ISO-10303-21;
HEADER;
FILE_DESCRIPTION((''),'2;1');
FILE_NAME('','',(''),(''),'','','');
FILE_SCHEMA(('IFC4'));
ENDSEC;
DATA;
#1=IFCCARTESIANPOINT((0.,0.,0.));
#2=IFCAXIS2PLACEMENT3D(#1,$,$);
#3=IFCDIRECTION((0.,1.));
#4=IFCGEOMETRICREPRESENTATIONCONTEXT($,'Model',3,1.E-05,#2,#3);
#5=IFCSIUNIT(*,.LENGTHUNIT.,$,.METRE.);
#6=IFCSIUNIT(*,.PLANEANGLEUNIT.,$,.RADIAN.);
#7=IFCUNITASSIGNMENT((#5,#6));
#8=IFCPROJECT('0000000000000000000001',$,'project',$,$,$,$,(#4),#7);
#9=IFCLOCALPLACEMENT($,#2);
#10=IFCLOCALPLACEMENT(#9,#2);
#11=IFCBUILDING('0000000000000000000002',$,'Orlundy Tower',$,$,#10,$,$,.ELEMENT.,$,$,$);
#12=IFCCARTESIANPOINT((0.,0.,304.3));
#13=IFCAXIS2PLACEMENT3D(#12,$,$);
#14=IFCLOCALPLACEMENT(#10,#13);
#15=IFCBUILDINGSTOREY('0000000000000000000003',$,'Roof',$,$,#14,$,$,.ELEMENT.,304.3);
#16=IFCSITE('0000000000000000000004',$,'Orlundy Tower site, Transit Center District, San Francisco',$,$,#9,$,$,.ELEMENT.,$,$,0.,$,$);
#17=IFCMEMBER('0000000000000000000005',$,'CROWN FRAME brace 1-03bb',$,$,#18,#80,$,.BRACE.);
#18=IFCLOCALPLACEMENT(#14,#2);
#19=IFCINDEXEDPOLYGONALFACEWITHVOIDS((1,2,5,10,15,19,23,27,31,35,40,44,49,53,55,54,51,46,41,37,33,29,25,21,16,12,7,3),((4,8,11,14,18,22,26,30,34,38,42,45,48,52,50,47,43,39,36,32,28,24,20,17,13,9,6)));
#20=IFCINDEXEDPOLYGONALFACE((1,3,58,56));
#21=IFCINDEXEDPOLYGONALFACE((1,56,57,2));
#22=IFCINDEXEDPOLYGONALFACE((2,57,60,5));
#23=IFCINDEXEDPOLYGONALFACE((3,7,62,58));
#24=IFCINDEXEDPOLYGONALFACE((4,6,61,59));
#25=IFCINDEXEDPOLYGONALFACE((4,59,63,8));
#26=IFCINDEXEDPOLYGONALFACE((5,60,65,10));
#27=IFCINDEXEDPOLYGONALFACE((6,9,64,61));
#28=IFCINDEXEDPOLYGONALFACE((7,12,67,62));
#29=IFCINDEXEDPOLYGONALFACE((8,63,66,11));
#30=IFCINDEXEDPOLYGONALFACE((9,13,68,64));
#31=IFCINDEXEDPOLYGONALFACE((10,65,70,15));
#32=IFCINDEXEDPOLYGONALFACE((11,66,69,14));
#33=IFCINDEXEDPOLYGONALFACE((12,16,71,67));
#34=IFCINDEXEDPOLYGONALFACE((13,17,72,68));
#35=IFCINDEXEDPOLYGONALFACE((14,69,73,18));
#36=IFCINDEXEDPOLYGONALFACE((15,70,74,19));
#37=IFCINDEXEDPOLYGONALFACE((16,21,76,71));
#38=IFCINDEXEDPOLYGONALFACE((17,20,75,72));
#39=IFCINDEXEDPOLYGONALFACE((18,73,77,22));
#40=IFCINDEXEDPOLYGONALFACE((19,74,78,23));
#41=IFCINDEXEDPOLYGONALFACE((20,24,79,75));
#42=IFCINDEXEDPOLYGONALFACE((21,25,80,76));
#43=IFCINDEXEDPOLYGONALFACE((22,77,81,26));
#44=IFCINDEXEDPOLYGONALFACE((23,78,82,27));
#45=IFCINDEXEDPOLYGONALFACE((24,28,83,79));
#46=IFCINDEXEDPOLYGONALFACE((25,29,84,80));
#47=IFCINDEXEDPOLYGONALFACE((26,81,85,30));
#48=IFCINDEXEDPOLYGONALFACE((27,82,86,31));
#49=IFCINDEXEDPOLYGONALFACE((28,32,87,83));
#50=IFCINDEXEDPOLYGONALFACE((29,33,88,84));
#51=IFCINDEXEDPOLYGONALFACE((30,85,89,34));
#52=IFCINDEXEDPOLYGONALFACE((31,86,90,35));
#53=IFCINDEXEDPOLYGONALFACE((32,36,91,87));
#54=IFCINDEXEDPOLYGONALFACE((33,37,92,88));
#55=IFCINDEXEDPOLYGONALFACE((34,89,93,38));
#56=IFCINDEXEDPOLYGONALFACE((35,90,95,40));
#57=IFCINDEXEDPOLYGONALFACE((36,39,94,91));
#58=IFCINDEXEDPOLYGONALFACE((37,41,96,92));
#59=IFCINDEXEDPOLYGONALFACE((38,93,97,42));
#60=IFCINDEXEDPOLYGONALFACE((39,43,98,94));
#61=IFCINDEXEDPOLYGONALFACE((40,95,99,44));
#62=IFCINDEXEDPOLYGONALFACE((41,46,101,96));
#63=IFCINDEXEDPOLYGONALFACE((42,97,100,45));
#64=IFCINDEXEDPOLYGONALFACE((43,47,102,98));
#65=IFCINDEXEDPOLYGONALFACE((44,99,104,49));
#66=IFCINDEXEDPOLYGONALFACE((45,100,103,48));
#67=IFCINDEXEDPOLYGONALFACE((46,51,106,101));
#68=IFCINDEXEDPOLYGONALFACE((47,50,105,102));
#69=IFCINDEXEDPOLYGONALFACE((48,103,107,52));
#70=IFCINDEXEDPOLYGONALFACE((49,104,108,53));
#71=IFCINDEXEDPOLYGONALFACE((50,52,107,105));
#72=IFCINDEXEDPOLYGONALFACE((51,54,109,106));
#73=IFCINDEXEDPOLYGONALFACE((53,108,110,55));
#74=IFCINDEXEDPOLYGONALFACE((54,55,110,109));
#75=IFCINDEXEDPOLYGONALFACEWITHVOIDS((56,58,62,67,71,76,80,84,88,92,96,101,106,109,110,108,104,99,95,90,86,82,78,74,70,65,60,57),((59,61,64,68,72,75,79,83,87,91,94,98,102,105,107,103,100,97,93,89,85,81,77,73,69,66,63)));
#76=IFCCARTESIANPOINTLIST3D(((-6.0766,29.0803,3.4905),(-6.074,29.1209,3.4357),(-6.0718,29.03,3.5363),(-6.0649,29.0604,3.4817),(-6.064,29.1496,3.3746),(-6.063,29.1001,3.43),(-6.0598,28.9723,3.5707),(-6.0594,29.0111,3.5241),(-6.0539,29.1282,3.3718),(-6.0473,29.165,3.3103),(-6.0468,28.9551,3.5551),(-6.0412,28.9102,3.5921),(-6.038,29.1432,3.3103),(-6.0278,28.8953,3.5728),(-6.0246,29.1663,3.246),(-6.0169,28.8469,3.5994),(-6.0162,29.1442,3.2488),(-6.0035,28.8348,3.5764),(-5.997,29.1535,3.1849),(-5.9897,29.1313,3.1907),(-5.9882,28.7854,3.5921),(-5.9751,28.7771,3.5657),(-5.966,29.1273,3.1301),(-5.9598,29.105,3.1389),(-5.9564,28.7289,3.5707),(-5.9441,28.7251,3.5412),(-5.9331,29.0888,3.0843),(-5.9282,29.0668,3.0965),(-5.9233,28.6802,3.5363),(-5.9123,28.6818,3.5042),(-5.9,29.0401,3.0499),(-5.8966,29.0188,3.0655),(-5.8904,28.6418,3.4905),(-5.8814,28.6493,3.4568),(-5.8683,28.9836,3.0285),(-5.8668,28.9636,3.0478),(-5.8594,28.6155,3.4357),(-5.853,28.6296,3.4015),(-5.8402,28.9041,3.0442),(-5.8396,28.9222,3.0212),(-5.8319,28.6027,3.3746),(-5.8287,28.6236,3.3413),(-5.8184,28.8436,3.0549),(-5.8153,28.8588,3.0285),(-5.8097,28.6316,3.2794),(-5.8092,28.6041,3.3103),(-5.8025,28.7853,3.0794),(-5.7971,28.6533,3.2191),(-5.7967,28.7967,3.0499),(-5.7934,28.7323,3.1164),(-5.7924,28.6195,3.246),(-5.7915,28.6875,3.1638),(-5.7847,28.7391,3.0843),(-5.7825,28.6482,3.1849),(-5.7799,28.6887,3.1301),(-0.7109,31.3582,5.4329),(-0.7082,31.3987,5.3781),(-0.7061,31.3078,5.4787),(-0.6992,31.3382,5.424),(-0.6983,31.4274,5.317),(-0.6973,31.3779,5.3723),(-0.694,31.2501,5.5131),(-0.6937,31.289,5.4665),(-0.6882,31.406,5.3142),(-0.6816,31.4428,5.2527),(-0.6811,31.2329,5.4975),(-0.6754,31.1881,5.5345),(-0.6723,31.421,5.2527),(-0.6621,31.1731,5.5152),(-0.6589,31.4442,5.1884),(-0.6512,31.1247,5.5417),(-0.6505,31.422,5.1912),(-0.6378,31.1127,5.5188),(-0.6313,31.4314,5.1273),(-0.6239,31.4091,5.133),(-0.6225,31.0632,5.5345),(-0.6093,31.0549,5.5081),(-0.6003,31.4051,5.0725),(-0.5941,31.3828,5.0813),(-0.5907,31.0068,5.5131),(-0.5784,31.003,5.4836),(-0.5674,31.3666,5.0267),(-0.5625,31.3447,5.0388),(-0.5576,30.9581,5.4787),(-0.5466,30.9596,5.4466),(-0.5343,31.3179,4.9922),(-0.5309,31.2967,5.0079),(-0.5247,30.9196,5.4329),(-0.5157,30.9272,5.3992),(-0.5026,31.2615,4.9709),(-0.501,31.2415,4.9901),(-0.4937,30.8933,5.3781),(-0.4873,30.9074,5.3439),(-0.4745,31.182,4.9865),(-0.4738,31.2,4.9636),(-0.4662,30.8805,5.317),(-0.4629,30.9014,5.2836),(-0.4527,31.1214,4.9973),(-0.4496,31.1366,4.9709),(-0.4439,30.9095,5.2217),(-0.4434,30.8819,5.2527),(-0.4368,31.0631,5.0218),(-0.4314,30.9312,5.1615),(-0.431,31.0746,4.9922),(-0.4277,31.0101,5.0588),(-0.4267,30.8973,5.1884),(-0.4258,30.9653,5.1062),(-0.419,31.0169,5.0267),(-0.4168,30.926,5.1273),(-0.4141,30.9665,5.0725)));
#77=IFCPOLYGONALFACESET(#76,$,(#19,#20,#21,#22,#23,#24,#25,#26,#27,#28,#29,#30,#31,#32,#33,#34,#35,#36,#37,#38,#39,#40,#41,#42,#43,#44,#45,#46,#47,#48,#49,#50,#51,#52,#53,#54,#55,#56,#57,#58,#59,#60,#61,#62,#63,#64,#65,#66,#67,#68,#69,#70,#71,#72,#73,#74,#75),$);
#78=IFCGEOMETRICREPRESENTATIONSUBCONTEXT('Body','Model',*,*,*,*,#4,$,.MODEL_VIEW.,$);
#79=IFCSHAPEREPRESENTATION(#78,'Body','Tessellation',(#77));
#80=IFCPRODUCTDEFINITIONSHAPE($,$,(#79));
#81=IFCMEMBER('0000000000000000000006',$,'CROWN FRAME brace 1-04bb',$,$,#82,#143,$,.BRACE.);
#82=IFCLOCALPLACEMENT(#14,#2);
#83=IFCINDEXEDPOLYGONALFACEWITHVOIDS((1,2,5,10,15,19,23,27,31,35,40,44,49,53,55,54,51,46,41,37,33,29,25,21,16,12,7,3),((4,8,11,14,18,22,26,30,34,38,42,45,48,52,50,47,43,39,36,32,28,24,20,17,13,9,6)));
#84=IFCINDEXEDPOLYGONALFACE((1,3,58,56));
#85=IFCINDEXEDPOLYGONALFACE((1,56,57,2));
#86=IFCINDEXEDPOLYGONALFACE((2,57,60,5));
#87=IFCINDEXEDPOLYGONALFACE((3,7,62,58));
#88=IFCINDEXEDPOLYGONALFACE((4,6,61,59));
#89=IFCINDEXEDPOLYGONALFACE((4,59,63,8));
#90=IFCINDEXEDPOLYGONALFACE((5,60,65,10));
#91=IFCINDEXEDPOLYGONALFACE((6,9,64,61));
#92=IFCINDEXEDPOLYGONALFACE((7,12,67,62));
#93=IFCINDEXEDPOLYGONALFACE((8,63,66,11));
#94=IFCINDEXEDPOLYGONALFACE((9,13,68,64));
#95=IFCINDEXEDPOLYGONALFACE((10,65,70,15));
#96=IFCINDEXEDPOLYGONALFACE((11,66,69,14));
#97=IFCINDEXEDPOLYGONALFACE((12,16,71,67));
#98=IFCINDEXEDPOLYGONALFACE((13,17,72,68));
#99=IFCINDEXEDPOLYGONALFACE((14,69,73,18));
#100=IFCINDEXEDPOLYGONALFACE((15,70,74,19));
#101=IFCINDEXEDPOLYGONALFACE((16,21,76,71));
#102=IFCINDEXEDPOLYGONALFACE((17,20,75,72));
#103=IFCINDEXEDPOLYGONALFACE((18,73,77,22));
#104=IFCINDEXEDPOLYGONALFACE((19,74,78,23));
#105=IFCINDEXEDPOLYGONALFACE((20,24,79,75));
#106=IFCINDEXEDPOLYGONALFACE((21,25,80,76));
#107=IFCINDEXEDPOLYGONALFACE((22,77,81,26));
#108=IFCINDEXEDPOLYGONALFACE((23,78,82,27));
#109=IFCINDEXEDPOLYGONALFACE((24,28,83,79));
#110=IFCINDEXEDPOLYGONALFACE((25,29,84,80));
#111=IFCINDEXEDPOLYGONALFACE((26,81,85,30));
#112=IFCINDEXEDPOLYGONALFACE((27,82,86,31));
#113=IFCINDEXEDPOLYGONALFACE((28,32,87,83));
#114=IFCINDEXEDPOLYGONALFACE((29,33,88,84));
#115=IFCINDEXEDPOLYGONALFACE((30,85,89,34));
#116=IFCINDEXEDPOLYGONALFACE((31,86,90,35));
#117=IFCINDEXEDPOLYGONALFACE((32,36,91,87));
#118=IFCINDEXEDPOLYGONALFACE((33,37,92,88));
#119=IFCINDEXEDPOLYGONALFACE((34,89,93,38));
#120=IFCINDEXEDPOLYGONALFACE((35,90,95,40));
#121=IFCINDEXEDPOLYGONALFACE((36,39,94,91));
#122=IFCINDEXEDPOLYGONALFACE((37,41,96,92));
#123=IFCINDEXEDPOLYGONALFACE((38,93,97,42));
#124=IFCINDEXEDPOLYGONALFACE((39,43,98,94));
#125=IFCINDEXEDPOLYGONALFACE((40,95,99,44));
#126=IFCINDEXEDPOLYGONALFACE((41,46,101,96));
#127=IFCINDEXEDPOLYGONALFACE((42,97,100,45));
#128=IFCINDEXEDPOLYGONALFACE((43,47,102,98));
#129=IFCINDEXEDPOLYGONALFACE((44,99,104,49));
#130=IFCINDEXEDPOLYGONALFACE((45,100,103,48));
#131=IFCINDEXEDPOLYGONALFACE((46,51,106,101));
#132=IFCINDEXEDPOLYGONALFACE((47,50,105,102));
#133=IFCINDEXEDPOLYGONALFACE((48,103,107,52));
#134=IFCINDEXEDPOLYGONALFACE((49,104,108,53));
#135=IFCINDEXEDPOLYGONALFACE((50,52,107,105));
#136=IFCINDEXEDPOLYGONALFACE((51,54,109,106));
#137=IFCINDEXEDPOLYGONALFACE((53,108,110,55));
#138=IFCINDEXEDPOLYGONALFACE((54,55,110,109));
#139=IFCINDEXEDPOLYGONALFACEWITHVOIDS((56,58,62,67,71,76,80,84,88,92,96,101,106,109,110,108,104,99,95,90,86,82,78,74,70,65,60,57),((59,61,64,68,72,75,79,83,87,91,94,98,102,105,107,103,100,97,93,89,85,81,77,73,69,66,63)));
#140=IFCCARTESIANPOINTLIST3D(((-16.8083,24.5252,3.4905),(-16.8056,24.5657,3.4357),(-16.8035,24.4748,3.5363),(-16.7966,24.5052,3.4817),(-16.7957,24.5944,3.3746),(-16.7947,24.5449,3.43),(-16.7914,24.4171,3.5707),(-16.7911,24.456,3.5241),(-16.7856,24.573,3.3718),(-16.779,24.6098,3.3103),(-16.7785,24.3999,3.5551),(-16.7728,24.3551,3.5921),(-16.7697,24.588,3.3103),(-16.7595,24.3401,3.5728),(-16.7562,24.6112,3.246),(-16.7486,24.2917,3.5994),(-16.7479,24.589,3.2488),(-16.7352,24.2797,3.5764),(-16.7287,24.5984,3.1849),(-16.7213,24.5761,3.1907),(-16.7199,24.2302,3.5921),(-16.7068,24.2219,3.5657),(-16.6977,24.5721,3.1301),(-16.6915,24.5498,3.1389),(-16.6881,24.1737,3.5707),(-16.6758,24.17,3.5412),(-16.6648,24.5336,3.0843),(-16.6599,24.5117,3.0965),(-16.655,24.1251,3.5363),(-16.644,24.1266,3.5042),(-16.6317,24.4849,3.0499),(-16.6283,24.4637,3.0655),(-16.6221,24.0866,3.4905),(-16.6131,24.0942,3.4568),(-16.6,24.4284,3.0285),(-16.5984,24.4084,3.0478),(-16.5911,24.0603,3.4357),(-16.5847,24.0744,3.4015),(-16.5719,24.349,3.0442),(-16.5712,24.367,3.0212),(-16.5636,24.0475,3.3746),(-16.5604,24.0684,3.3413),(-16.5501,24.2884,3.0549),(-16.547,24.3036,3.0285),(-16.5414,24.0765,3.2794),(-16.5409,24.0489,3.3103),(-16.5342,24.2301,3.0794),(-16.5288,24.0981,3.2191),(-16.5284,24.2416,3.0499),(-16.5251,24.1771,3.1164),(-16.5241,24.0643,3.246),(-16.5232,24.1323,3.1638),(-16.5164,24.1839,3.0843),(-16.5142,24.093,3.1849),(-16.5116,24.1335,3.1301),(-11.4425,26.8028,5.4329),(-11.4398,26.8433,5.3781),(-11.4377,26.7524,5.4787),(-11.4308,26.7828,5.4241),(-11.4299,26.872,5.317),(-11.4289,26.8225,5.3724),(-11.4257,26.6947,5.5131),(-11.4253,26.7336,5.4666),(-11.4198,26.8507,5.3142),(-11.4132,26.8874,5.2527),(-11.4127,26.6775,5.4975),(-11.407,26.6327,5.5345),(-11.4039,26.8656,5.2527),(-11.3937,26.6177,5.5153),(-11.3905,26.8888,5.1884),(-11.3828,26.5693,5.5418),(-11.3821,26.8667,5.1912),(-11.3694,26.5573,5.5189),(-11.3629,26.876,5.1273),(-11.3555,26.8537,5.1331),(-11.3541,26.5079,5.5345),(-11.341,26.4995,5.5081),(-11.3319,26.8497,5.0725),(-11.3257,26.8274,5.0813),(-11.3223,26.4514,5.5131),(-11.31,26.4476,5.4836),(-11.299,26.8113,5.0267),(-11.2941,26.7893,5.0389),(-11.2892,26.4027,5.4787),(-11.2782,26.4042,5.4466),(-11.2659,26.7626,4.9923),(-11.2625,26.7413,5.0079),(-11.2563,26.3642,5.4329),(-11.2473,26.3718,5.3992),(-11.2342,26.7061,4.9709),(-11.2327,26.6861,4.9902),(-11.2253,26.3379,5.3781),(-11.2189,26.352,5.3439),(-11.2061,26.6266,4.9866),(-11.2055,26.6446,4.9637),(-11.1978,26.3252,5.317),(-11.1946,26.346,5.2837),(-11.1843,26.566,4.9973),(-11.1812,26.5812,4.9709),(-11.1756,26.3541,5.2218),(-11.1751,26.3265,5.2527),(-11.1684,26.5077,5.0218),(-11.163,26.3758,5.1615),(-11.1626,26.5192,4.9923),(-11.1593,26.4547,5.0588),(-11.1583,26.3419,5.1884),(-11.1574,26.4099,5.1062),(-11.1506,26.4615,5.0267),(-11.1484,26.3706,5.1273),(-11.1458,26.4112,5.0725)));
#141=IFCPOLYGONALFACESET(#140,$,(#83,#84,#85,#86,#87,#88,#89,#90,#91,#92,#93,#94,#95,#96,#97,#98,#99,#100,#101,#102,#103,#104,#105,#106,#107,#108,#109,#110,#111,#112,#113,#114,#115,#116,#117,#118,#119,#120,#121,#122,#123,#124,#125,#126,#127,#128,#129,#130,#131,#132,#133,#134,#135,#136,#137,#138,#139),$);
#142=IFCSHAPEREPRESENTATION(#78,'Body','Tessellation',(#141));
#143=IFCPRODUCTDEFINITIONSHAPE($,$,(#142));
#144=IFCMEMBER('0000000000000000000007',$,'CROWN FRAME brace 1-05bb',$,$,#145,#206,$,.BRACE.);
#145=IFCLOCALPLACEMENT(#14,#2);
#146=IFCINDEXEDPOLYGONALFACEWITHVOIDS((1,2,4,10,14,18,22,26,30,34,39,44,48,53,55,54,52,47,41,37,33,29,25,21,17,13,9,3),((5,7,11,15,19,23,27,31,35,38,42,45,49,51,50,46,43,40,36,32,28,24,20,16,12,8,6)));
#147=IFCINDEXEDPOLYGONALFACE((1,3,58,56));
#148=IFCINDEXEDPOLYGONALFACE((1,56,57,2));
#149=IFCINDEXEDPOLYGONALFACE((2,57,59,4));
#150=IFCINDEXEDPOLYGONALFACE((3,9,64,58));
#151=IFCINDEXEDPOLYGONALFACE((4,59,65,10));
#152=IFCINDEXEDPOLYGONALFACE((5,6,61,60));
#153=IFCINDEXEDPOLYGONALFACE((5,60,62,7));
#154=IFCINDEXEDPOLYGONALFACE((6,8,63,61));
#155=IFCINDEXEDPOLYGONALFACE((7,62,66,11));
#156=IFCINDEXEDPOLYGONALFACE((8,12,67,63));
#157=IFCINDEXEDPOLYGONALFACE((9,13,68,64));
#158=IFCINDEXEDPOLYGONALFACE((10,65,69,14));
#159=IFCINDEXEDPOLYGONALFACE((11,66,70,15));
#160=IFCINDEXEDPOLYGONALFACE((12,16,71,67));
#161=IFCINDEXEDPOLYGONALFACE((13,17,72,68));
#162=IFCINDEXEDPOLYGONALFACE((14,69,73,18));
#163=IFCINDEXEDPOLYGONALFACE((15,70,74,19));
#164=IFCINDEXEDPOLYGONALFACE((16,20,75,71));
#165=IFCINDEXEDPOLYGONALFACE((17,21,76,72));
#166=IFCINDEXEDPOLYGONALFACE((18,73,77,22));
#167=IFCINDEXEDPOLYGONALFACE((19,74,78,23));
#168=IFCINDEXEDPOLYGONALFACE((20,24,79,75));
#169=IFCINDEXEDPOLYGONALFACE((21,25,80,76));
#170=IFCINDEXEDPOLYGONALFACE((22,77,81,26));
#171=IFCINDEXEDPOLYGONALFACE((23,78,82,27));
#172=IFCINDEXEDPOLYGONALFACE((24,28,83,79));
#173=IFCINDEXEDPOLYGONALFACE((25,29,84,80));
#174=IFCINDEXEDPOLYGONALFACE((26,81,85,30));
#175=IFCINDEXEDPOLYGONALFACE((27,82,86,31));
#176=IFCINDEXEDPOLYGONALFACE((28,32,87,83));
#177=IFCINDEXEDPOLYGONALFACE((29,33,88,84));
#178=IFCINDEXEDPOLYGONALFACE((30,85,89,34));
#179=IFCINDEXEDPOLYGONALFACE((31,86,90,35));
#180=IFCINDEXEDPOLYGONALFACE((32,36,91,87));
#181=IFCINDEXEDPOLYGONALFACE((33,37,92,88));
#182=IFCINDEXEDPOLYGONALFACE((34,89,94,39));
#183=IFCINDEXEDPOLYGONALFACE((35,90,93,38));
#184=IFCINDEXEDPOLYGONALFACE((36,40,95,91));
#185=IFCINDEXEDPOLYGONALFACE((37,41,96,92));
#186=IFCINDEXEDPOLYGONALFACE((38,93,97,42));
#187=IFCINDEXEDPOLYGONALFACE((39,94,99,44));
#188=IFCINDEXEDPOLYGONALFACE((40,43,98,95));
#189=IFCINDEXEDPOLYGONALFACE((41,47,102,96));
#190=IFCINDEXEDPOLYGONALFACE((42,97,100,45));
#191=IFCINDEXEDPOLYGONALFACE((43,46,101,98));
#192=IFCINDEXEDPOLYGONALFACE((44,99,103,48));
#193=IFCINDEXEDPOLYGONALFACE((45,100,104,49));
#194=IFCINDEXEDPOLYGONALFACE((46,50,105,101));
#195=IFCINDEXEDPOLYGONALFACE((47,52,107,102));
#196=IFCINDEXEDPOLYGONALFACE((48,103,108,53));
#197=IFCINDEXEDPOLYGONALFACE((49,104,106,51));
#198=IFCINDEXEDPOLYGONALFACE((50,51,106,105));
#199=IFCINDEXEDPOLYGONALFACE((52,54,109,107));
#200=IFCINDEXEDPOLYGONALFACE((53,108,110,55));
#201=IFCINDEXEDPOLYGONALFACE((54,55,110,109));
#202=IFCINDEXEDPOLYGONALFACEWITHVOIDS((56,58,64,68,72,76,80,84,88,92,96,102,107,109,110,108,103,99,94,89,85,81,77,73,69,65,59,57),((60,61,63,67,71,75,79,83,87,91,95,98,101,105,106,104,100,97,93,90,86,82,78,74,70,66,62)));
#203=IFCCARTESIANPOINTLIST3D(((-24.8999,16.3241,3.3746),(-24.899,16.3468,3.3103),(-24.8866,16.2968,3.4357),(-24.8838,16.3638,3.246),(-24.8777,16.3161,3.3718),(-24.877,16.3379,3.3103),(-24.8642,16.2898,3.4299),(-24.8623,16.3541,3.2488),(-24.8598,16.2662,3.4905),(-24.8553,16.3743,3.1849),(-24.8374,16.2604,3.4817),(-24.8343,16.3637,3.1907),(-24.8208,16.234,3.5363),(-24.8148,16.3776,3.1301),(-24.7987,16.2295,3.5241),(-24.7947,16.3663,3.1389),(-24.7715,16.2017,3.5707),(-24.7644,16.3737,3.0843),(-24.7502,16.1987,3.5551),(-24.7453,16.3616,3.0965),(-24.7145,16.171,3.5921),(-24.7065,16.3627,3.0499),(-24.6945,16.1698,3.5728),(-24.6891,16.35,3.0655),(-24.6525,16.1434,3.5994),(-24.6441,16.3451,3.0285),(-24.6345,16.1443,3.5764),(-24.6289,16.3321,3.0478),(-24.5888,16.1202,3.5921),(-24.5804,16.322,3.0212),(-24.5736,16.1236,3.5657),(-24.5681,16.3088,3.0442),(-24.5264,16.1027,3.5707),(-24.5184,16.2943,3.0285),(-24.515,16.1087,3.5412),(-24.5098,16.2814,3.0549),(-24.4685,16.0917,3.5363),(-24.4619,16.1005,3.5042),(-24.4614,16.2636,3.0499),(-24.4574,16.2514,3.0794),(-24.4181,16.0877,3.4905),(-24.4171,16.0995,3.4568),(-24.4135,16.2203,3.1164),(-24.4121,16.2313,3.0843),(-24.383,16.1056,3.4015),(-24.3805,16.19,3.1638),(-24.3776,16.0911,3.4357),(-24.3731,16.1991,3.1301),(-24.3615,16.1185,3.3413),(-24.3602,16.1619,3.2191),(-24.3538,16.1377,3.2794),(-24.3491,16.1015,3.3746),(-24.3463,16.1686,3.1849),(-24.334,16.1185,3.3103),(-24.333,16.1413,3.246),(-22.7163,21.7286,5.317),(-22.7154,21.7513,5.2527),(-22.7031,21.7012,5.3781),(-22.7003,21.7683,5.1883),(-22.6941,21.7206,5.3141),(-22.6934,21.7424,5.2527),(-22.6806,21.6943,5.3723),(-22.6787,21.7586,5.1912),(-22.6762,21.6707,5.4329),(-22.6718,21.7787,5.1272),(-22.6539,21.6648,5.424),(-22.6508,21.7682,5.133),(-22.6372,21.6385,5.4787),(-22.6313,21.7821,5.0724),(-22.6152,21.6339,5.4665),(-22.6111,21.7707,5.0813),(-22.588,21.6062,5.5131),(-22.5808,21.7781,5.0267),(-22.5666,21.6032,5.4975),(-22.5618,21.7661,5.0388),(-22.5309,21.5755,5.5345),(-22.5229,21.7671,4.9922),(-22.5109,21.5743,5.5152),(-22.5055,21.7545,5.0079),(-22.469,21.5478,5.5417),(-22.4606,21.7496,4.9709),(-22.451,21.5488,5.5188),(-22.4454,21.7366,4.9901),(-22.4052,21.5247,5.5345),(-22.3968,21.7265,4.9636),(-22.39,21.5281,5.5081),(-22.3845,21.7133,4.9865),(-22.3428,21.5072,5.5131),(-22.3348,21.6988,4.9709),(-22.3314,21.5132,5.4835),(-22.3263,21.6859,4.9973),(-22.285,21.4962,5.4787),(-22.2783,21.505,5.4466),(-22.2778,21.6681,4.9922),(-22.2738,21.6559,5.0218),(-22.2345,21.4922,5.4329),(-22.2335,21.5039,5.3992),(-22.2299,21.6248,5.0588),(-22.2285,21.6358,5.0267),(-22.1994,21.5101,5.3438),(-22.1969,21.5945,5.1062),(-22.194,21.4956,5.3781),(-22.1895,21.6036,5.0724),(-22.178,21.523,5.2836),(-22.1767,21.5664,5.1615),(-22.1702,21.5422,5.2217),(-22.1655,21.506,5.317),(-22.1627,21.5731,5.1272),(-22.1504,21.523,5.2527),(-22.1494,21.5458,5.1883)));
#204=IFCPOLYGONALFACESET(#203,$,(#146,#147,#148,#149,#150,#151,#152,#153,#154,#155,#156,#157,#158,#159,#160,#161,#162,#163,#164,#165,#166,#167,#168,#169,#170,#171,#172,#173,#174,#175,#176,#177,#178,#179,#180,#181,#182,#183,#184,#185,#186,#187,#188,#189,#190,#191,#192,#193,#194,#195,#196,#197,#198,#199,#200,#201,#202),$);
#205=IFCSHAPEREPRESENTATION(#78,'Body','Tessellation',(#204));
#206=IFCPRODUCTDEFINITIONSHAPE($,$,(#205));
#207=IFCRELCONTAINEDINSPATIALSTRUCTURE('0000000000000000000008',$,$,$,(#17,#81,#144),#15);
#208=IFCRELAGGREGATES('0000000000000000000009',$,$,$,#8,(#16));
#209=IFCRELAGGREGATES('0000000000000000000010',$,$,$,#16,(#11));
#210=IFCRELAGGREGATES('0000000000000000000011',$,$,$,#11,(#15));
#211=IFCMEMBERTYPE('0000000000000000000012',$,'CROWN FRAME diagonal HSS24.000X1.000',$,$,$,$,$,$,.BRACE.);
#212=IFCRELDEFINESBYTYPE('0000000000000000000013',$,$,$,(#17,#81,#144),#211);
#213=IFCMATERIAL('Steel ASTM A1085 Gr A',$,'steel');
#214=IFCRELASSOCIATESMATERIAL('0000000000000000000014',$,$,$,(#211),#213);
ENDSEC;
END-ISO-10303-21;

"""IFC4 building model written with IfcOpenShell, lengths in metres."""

from ifc_helpers import new_model, si_unit, direction, frame, origin, origin_2d, place, context, subcontext, project, spatial, hollow_circle, extrude, material, material_profile, profile_set, type_object, element, save


model = new_model("IFC4")

# Units and contexts
model_context = context("Model", 3, precision=1e-05, world=origin(), true_north=direction((0.0, 1.0)))
body_context = subcontext(model_context, "Body", "Model", "MODEL_VIEW")
ifc_project = project(units=[si_unit("LENGTHUNIT", "METRE"), si_unit("PLANEANGLEUNIT", "RADIAN")], contexts=[model_context])

# Site, building, storey
site_placement = place(None, origin())
site = spatial("IfcSite", under=ifc_project, at=site_placement, Name="Orlundy Tower site, Transit Center District, San Francisco", CompositionType="ELEMENT", RefElevation=0.0)
building_placement = place(site_placement, origin())
building = spatial("IfcBuilding", under=site, at=building_placement, Name="Orlundy Tower", CompositionType="ELEMENT")
storey_placement = place(building_placement, frame((0.0, 0.0, 304.3)))
storey = spatial("IfcBuildingStorey", under=building, at=storey_placement, Name="Roof", CompositionType="ELEMENT", Elevation=304.3)

# Members
ifc_material_1 = material(Name="Steel ASTM A1085 Gr A", Category="steel")
ifc_material_profile_1 = material_profile(ifc_material_1, hollow_circle(Radius=0.3047, WallThickness=0.0237, at=origin_2d()), Name="HSS24.000X1.000")
ifc_profile_set_1 = profile_set([ifc_material_profile_1], Name="Steel ASTM A1085 Gr A")
member_type_1 = type_object("IfcMemberType", Name="CROWN FRAME diagonal HSS24.000X1.000", PredefinedType="BRACE", material=ifc_profile_set_1)
for number, where, z_axis, x_axis, name in (
    (1, (-5.9282, 28.8845, 3.3103), (0.873285, 0.370723, 0.316128), (-0.390763, 0.920491, 0.0), "CROWN FRAME brace 1-03bb"),
    (2, (-16.6599, 24.3293, 3.3103), (0.873298, 0.370689, 0.316133), (-0.390727, 0.920506, 0.0), "CROWN FRAME brace 1-04bb"),
):
    element("IfcMember", number, at=place(storey_placement, frame(where, z_axis=z_axis, x_axis=x_axis)), inside=storey, type_object=member_type_1, Name=name, PredefinedType="BRACE", context=body_context, shape_type="SweptSolid", body=[
        extrude(hollow_circle(Radius=0.3047, WallThickness=0.0237, at=origin_2d()), origin(), (0.0, 0.0, 1.0), 6.1443),
    ])
member_1_placement = place(storey_placement, frame((-24.6165, 16.2327, 3.3103), z_axis=(0.355397, 0.879631, 0.316138), x_axis=(-0.927183, 0.374609, 0.0)))
element("IfcMember", 3, at=member_1_placement, inside=storey, type_object=member_type_1, Name="CROWN FRAME brace 1-05bb", PredefinedType="BRACE", context=body_context, shape_type="SweptSolid", body=[
    extrude(hollow_circle(Radius=0.3047, WallThickness=0.0237, at=origin_2d()), origin(), (0.0, 0.0, 1.0), 6.144),
])

save(model, "model.ifc")
